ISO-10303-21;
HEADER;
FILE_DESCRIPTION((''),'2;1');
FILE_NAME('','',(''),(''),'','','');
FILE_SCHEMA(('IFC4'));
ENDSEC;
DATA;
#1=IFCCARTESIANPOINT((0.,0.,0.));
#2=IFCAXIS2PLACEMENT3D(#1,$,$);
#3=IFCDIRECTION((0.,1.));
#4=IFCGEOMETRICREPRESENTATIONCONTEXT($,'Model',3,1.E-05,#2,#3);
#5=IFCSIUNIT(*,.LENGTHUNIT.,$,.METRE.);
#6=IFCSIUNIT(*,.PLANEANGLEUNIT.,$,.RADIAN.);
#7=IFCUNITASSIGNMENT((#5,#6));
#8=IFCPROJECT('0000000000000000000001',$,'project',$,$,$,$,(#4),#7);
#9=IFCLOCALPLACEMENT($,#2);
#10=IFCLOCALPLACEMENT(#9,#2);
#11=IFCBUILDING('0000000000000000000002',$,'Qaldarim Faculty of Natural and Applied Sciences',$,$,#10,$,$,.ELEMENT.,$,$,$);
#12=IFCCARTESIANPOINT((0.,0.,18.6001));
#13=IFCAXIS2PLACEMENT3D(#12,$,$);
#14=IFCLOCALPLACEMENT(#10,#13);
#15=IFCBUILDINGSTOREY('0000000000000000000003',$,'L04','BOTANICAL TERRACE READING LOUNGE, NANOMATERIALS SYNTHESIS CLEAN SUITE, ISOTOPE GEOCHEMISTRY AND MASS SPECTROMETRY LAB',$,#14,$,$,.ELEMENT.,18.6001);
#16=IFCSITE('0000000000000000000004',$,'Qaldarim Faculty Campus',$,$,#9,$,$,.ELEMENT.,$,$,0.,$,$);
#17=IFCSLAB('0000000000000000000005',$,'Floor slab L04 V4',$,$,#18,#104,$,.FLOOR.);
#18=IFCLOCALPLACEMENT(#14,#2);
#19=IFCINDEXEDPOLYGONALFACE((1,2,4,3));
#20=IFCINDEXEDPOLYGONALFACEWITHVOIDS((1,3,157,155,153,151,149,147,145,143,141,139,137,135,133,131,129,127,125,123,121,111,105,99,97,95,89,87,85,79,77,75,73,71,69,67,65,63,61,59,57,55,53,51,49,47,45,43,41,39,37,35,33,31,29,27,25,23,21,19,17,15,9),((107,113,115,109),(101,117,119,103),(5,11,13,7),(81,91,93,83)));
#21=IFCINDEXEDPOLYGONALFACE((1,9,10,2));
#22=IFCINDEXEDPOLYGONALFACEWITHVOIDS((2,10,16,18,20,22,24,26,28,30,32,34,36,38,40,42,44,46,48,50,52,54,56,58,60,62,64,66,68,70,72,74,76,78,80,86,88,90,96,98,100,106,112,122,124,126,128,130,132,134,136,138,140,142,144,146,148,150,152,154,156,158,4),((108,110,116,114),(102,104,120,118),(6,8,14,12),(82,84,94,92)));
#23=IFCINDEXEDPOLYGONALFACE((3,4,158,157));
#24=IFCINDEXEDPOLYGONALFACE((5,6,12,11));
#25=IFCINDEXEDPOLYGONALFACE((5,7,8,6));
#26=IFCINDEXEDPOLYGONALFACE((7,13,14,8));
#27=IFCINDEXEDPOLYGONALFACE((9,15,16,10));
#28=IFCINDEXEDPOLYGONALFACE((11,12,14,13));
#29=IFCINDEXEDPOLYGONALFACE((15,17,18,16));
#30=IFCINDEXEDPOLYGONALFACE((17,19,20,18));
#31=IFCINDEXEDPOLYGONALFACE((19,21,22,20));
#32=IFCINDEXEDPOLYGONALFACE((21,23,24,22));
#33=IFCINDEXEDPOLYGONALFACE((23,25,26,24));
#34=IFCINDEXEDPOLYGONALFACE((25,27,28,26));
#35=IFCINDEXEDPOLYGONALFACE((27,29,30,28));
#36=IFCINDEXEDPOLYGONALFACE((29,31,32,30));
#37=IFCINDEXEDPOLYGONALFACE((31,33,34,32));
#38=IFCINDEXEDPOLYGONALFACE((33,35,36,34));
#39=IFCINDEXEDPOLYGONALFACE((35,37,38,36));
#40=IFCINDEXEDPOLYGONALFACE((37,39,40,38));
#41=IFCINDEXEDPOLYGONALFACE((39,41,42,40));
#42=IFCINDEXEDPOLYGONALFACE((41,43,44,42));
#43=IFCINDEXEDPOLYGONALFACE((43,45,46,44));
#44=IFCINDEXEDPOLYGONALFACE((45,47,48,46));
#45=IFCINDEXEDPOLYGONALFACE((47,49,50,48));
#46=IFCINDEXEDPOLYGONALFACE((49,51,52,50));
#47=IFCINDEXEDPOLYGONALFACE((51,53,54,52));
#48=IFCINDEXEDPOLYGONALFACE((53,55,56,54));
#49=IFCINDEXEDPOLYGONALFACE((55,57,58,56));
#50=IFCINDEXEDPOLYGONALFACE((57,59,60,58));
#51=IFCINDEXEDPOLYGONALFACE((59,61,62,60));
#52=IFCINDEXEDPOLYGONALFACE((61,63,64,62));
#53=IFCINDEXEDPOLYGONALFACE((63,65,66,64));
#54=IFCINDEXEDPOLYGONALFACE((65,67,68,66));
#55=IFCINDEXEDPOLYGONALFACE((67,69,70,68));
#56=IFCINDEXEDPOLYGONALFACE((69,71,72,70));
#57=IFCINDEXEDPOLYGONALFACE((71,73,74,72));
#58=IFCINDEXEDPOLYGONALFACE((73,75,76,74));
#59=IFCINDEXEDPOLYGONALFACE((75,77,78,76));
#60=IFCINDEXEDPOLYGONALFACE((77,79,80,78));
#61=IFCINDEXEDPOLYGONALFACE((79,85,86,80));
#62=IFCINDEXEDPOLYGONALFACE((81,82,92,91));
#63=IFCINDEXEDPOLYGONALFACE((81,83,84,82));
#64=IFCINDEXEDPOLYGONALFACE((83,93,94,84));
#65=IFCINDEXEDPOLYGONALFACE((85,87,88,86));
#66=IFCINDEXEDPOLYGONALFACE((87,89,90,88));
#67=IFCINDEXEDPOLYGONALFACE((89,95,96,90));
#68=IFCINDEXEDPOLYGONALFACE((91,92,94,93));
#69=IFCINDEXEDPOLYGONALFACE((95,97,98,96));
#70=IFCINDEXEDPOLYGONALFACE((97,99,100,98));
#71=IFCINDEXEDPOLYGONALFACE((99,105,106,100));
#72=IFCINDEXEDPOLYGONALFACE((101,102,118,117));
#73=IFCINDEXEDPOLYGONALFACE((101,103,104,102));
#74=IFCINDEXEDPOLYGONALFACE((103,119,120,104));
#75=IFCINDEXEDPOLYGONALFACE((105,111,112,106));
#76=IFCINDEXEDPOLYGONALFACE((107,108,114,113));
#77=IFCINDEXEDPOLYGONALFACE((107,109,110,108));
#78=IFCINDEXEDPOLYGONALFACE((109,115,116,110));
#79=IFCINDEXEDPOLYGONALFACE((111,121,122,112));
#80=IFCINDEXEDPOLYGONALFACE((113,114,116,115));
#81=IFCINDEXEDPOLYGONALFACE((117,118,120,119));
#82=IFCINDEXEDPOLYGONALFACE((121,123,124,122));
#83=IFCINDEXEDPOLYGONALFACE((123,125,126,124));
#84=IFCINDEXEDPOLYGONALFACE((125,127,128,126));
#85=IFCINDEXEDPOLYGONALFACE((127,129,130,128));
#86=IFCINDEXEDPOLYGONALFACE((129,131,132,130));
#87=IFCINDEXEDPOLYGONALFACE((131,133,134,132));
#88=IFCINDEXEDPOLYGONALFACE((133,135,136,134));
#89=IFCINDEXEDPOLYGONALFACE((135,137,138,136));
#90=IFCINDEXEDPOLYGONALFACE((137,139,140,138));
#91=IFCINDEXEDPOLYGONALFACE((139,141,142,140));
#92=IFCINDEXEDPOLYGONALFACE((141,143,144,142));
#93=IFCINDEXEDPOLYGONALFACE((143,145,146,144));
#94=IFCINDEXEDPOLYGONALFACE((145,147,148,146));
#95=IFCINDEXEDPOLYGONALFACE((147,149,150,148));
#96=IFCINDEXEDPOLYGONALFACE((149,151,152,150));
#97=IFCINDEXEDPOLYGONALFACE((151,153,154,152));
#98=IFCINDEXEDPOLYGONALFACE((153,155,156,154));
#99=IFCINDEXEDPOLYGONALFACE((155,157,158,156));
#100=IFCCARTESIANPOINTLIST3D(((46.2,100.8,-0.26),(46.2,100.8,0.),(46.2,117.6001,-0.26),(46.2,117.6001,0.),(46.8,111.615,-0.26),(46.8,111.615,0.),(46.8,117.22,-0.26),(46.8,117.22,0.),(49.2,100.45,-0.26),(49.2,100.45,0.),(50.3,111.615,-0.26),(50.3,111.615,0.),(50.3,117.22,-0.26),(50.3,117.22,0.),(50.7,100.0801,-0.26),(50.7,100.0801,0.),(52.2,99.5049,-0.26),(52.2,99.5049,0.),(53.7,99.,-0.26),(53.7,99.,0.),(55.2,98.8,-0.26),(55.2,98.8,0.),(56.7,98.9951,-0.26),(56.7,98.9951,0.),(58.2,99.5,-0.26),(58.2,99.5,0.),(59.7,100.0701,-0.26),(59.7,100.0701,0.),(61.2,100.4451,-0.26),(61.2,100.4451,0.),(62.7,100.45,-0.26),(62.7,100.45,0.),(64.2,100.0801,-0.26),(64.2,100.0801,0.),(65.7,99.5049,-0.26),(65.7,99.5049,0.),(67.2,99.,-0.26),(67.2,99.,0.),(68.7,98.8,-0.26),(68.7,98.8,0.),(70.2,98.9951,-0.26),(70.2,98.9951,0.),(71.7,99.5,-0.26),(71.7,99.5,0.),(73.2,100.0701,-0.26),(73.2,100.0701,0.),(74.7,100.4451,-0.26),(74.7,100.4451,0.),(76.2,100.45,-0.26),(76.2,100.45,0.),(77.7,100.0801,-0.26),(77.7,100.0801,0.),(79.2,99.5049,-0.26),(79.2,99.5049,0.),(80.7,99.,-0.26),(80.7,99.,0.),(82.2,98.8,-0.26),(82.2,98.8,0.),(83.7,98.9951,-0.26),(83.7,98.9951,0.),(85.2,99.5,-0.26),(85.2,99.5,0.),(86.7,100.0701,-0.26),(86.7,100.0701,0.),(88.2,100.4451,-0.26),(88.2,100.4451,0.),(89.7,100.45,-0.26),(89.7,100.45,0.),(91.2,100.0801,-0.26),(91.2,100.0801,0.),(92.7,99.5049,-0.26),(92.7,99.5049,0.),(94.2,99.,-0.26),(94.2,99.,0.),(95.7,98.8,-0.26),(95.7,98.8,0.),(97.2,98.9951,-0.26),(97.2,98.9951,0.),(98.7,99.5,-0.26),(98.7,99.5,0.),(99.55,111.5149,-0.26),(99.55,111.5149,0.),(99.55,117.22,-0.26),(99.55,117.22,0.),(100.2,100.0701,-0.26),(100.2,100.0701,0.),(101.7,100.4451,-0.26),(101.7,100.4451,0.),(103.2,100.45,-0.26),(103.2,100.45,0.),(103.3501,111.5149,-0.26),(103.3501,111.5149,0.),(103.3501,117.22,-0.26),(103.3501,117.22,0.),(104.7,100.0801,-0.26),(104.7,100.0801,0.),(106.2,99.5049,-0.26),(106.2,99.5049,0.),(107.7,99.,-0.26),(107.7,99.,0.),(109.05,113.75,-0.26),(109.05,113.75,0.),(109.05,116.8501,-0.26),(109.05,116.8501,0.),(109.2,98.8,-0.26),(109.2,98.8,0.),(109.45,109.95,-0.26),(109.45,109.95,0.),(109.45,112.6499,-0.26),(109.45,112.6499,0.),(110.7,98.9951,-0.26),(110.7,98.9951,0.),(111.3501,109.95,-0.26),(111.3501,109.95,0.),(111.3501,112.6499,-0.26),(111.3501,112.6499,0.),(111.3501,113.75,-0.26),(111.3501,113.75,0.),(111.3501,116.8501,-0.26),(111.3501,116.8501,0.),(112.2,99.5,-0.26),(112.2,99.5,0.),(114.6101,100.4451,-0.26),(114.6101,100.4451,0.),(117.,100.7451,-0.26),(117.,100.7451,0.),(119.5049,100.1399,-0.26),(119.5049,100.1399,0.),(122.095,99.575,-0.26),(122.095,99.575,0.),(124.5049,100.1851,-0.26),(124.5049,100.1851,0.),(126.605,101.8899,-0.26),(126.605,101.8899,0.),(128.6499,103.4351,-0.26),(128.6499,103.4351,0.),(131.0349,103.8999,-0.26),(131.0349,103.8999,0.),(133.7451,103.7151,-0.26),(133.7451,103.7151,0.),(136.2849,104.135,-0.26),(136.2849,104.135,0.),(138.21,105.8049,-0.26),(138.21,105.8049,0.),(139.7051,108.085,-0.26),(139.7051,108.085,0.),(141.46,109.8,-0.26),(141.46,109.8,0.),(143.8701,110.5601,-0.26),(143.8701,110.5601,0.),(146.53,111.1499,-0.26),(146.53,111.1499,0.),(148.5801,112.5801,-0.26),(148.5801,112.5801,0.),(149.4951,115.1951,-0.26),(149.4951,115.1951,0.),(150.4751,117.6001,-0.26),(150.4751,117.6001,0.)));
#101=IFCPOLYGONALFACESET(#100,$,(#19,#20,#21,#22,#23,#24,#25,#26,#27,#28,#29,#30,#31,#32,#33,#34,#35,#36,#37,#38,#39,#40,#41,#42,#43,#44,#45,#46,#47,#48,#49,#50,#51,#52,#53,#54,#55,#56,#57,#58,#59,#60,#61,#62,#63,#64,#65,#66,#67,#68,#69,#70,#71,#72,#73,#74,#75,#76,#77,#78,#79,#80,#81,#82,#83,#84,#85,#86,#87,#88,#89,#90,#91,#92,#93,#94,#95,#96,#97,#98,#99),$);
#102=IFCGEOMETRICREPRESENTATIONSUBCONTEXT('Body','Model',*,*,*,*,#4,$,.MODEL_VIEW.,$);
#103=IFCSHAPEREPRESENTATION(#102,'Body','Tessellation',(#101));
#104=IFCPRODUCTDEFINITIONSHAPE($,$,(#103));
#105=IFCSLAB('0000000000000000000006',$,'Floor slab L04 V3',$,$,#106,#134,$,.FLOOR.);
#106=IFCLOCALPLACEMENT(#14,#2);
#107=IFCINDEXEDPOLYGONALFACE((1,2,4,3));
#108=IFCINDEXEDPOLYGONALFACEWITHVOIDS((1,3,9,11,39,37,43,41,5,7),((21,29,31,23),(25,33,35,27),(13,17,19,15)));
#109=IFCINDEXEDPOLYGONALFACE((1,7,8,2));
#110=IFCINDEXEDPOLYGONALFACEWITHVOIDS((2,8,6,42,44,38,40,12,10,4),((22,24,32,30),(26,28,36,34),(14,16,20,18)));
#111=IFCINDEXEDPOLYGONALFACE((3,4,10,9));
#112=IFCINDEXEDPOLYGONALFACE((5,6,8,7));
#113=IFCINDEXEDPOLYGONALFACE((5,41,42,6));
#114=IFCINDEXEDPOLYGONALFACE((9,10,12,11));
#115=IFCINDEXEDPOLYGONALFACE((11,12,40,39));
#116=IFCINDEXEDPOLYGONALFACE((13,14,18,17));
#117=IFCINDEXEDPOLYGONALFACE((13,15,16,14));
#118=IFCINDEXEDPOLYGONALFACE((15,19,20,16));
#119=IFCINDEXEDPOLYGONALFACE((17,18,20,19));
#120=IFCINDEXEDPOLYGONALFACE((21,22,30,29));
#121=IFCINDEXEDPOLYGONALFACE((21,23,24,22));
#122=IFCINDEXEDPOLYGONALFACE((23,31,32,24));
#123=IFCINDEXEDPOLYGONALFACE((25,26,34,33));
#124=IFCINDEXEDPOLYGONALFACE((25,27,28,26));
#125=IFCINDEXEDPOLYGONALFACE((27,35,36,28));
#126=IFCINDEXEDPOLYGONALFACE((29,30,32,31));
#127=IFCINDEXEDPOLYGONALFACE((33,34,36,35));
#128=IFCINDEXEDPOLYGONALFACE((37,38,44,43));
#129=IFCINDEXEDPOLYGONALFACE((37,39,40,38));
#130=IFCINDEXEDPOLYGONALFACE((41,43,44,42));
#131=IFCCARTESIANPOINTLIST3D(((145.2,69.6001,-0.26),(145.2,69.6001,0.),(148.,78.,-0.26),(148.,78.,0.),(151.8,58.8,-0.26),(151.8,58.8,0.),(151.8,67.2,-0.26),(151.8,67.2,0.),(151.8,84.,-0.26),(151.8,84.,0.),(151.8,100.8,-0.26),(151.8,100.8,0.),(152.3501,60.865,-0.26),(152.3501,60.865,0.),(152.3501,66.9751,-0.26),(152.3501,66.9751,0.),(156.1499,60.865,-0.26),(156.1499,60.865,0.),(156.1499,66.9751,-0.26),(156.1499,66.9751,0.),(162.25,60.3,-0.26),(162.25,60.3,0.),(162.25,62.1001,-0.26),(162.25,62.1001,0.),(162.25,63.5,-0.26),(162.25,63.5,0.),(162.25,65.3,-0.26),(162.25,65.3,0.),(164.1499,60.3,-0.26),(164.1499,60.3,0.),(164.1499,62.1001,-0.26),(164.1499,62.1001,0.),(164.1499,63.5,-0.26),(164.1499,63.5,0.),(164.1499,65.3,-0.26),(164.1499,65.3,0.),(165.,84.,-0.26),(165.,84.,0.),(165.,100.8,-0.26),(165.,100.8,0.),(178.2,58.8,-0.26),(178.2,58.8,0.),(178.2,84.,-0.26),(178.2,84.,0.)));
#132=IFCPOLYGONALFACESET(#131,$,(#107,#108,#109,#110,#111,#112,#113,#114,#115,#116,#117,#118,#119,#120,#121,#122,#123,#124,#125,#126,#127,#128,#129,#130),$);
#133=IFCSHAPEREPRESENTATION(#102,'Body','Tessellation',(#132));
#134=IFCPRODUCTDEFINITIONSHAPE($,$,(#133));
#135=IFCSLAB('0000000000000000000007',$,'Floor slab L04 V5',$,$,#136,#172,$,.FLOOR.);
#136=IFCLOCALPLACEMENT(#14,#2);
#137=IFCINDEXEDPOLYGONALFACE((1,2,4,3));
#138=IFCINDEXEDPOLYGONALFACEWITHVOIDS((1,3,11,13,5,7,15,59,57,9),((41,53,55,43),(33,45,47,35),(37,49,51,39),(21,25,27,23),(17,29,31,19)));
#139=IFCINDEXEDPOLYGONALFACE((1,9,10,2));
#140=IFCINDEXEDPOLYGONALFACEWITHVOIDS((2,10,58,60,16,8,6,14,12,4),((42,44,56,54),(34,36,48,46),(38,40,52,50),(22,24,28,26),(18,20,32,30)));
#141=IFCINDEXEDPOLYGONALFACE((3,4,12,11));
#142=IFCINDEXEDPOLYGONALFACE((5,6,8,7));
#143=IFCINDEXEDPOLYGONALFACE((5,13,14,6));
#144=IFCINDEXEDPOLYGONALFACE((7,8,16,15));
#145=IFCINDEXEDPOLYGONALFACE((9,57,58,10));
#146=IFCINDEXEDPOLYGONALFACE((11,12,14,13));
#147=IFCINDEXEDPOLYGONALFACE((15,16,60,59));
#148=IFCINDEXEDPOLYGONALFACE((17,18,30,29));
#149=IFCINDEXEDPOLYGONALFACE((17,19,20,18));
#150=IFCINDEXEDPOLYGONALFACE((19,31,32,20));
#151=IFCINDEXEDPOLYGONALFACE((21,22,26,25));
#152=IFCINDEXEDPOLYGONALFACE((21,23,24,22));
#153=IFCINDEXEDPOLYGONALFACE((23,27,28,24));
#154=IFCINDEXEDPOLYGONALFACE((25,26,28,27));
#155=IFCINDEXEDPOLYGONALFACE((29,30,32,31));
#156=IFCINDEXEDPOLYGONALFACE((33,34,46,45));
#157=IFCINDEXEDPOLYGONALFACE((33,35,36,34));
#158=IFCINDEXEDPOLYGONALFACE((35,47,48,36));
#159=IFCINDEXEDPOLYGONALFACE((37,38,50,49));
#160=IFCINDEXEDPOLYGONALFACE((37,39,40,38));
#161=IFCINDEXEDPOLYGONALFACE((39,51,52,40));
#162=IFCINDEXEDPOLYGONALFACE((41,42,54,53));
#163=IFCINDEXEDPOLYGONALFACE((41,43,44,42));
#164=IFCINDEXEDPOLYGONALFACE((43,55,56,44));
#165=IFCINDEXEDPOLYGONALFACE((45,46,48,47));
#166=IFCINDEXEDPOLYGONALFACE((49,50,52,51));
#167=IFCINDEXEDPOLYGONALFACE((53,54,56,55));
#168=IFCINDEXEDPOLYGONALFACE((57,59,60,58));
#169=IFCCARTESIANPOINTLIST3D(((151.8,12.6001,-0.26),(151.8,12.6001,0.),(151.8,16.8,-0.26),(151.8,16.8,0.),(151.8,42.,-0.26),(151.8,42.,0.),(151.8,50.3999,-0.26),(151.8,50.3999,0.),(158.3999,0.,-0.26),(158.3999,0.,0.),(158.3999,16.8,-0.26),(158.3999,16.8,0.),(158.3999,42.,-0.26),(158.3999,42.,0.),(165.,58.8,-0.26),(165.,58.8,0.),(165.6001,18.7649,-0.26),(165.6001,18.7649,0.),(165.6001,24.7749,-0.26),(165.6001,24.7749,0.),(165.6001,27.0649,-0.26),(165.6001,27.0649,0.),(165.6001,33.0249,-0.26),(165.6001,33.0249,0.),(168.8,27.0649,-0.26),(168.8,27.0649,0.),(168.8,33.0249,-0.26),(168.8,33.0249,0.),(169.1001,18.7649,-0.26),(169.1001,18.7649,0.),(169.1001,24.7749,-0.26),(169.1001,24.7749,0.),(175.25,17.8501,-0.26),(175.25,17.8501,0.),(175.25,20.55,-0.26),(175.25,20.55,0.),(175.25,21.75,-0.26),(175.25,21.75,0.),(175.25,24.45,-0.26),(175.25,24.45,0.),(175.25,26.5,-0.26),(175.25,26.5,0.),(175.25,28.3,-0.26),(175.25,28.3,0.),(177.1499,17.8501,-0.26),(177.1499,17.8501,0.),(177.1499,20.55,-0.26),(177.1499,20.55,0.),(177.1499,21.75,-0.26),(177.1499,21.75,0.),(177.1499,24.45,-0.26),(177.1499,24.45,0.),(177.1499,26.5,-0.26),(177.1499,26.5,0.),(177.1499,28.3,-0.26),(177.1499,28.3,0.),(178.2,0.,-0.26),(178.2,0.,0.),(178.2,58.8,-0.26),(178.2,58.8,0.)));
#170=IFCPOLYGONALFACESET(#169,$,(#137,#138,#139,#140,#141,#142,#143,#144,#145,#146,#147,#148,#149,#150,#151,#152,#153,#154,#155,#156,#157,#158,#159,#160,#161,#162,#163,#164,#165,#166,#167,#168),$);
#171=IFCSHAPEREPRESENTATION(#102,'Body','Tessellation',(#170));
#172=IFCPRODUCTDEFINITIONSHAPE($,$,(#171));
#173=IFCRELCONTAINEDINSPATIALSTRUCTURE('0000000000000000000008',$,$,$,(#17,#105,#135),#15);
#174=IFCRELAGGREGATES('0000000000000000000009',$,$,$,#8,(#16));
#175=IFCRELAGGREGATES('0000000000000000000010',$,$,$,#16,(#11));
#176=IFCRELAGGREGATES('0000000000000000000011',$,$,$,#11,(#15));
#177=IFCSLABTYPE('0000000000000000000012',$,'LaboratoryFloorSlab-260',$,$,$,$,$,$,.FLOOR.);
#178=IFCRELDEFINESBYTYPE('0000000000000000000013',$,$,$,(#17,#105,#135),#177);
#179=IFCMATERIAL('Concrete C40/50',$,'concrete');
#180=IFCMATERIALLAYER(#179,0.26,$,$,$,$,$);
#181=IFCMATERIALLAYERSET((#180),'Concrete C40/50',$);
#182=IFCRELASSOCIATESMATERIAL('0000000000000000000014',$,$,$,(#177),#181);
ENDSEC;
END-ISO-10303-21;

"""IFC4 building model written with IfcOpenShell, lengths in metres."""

from ifc_helpers import new_model, si_unit, direction, frame, origin, place, context, subcontext, project, spatial, polyline, outline, extrude, material, layer, layer_set, type_object, element, save


model = new_model("IFC4")

# Units and contexts
model_context = context("Model", 3, precision=1e-05, world=origin(), true_north=direction((0.0, 1.0)))
body_context = subcontext(model_context, "Body", "Model", "MODEL_VIEW")
ifc_project = project(units=[si_unit("LENGTHUNIT", "METRE"), si_unit("PLANEANGLEUNIT", "RADIAN")], contexts=[model_context])

# Site, building, storey
site_placement = place(None, origin())
site = spatial("IfcSite", under=ifc_project, at=site_placement, Name="Qaldarim Faculty Campus", CompositionType="ELEMENT", RefElevation=0.0)
building_placement = place(site_placement, origin())
building = spatial("IfcBuilding", under=site, at=building_placement, Name="Qaldarim Faculty of Natural and Applied Sciences", CompositionType="ELEMENT")
storey_placement = place(building_placement, frame((0.0, 0.0, 18.6001)))
storey = spatial("IfcBuildingStorey", under=building, at=storey_placement, Name="L04", Description="BOTANICAL TERRACE READING LOUNGE, NANOMATERIALS SYNTHESIS CLEAN SUITE, ISOTOPE GEOCHEMISTRY AND MASS SPECTROMETRY LAB", CompositionType="ELEMENT", Elevation=18.6001)

# Slabs
ifc_material_1 = material(Name="Concrete C40/50", Category="concrete")
ifc_layer_1 = layer(ifc_material_1, 0.26)
ifc_layer_set_1 = layer_set([ifc_layer_1], Name="Concrete C40/50")
slab_type_1 = type_object("IfcSlabType", Name="LaboratoryFloorSlab-260", PredefinedType="FLOOR", material=ifc_layer_set_1)
slab_1_placement = place(storey_placement, frame((0.0, 0.0, -0.26)))
element("IfcSlab", 1, at=slab_1_placement, inside=storey, type_object=slab_type_1, Name="Floor slab L04 V4", PredefinedType="FLOOR", context=body_context, shape_type="SweptSolid", body=[
    extrude(outline(polyline([(46.2, 100.8), (49.2, 100.45), (50.7, 100.0801), (52.2, 99.5049), (53.7, 99.0), (55.2, 98.8), (56.7, 98.9951), (58.2, 99.5), (59.7, 100.0701), (61.2, 100.4451), (62.7, 100.45), (64.2, 100.0801), (65.7, 99.5049), (67.2, 99.0), (68.7, 98.8), (70.2, 98.9951), (71.7, 99.5), (73.2, 100.0701), (74.7, 100.4451), (76.2, 100.45), (77.7, 100.0801), (79.2, 99.5049), (80.7, 99.0), (82.2, 98.8), (83.7, 98.9951), (85.2, 99.5), (86.7, 100.0701), (88.2, 100.4451), (89.7, 100.45), (91.2, 100.0801), (92.7, 99.5049), (94.2, 99.0), (95.7, 98.8), (97.2, 98.9951), (98.7, 99.5), (100.2, 100.0701), (101.7, 100.4451), (103.2, 100.45), (104.7, 100.0801), (106.2, 99.5049), (107.7, 99.0), (109.2, 98.8), (110.7, 98.9951), (112.2, 99.5), (114.6101, 100.4451), (117.0, 100.7451), (119.5049, 100.1399), (122.095, 99.575), (124.5049, 100.1851), (126.605, 101.8899), (128.6499, 103.4351), (131.0349, 103.8999), (133.7451, 103.7151), (136.2849, 104.135), (138.21, 105.8049), (139.7051, 108.085), (141.46, 109.8), (143.8701, 110.5601), (146.53, 111.1499), (148.5801, 112.5801), (149.4951, 115.1951), (150.4751, 117.6001), (46.2, 117.6001), (46.2, 100.8)]), holes=[polyline([(103.3501, 111.5149), (103.3501, 117.22), (99.55, 117.22), (99.55, 111.5149), (103.3501, 111.5149)]), polyline([(50.3, 111.615), (50.3, 117.22), (46.8, 117.22), (46.8, 111.615), (50.3, 111.615)]), polyline([(109.45, 109.95), (111.3501, 109.95), (111.3501, 112.6499), (109.45, 112.6499), (109.45, 109.95)]), polyline([(109.05, 113.75), (111.3501, 113.75), (111.3501, 116.8501), (109.05, 116.8501), (109.05, 113.75)])]), origin(), (0.0, 0.0, 1.0), 0.26),
])
slab_2_placement = place(storey_placement, frame((0.0, 0.0, -0.26)))
element("IfcSlab", 2, at=slab_2_placement, inside=storey, type_object=slab_type_1, Name="Floor slab L04 V3", PredefinedType="FLOOR", context=body_context, shape_type="SweptSolid", body=[
    extrude(outline(polyline([(148.0, 78.0), (151.8, 84.0), (151.8, 100.8), (165.0, 100.8), (165.0, 84.0), (178.2, 84.0), (178.2, 58.8), (151.8, 58.8), (151.8, 67.2), (145.2, 69.6001), (148.0, 78.0)]), holes=[polyline([(156.1499, 60.865), (156.1499, 66.9751), (152.3501, 66.9751), (152.3501, 60.865), (156.1499, 60.865)]), polyline([(162.25, 60.3), (164.1499, 60.3), (164.1499, 62.1001), (162.25, 62.1001), (162.25, 60.3)]), polyline([(162.25, 63.5), (164.1499, 63.5), (164.1499, 65.3), (162.25, 65.3), (162.25, 63.5)])]), origin(), (0.0, 0.0, 1.0), 0.26),
])
slab_3_placement = place(storey_placement, frame((0.0, 0.0, -0.26)))
element("IfcSlab", 3, at=slab_3_placement, inside=storey, type_object=slab_type_1, Name="Floor slab L04 V5", PredefinedType="FLOOR", context=body_context, shape_type="SweptSolid", body=[
    extrude(outline(polyline([(158.3999, 0.0), (178.2, 0.0), (178.2, 58.8), (165.0, 58.8), (151.8, 50.3999), (151.8, 42.0), (158.3999, 42.0), (158.3999, 16.8), (151.8, 16.8), (151.8, 12.6001), (158.3999, 0.0)]), holes=[polyline([(169.1001, 18.7649), (169.1001, 24.7749), (165.6001, 24.7749), (165.6001, 18.7649), (169.1001, 18.7649)]), polyline([(168.8, 27.0649), (168.8, 33.0249), (165.6001, 33.0249), (165.6001, 27.0649), (168.8, 27.0649)]), polyline([(175.25, 17.8501), (177.1499, 17.8501), (177.1499, 20.55), (175.25, 20.55), (175.25, 17.8501)]), polyline([(175.25, 21.75), (177.1499, 21.75), (177.1499, 24.45), (175.25, 24.45), (175.25, 21.75)]), polyline([(175.25, 26.5), (177.1499, 26.5), (177.1499, 28.3), (175.25, 28.3), (175.25, 26.5)])]), origin(), (0.0, 0.0, 1.0), 0.26),
])

save(model, "model.ifc")
